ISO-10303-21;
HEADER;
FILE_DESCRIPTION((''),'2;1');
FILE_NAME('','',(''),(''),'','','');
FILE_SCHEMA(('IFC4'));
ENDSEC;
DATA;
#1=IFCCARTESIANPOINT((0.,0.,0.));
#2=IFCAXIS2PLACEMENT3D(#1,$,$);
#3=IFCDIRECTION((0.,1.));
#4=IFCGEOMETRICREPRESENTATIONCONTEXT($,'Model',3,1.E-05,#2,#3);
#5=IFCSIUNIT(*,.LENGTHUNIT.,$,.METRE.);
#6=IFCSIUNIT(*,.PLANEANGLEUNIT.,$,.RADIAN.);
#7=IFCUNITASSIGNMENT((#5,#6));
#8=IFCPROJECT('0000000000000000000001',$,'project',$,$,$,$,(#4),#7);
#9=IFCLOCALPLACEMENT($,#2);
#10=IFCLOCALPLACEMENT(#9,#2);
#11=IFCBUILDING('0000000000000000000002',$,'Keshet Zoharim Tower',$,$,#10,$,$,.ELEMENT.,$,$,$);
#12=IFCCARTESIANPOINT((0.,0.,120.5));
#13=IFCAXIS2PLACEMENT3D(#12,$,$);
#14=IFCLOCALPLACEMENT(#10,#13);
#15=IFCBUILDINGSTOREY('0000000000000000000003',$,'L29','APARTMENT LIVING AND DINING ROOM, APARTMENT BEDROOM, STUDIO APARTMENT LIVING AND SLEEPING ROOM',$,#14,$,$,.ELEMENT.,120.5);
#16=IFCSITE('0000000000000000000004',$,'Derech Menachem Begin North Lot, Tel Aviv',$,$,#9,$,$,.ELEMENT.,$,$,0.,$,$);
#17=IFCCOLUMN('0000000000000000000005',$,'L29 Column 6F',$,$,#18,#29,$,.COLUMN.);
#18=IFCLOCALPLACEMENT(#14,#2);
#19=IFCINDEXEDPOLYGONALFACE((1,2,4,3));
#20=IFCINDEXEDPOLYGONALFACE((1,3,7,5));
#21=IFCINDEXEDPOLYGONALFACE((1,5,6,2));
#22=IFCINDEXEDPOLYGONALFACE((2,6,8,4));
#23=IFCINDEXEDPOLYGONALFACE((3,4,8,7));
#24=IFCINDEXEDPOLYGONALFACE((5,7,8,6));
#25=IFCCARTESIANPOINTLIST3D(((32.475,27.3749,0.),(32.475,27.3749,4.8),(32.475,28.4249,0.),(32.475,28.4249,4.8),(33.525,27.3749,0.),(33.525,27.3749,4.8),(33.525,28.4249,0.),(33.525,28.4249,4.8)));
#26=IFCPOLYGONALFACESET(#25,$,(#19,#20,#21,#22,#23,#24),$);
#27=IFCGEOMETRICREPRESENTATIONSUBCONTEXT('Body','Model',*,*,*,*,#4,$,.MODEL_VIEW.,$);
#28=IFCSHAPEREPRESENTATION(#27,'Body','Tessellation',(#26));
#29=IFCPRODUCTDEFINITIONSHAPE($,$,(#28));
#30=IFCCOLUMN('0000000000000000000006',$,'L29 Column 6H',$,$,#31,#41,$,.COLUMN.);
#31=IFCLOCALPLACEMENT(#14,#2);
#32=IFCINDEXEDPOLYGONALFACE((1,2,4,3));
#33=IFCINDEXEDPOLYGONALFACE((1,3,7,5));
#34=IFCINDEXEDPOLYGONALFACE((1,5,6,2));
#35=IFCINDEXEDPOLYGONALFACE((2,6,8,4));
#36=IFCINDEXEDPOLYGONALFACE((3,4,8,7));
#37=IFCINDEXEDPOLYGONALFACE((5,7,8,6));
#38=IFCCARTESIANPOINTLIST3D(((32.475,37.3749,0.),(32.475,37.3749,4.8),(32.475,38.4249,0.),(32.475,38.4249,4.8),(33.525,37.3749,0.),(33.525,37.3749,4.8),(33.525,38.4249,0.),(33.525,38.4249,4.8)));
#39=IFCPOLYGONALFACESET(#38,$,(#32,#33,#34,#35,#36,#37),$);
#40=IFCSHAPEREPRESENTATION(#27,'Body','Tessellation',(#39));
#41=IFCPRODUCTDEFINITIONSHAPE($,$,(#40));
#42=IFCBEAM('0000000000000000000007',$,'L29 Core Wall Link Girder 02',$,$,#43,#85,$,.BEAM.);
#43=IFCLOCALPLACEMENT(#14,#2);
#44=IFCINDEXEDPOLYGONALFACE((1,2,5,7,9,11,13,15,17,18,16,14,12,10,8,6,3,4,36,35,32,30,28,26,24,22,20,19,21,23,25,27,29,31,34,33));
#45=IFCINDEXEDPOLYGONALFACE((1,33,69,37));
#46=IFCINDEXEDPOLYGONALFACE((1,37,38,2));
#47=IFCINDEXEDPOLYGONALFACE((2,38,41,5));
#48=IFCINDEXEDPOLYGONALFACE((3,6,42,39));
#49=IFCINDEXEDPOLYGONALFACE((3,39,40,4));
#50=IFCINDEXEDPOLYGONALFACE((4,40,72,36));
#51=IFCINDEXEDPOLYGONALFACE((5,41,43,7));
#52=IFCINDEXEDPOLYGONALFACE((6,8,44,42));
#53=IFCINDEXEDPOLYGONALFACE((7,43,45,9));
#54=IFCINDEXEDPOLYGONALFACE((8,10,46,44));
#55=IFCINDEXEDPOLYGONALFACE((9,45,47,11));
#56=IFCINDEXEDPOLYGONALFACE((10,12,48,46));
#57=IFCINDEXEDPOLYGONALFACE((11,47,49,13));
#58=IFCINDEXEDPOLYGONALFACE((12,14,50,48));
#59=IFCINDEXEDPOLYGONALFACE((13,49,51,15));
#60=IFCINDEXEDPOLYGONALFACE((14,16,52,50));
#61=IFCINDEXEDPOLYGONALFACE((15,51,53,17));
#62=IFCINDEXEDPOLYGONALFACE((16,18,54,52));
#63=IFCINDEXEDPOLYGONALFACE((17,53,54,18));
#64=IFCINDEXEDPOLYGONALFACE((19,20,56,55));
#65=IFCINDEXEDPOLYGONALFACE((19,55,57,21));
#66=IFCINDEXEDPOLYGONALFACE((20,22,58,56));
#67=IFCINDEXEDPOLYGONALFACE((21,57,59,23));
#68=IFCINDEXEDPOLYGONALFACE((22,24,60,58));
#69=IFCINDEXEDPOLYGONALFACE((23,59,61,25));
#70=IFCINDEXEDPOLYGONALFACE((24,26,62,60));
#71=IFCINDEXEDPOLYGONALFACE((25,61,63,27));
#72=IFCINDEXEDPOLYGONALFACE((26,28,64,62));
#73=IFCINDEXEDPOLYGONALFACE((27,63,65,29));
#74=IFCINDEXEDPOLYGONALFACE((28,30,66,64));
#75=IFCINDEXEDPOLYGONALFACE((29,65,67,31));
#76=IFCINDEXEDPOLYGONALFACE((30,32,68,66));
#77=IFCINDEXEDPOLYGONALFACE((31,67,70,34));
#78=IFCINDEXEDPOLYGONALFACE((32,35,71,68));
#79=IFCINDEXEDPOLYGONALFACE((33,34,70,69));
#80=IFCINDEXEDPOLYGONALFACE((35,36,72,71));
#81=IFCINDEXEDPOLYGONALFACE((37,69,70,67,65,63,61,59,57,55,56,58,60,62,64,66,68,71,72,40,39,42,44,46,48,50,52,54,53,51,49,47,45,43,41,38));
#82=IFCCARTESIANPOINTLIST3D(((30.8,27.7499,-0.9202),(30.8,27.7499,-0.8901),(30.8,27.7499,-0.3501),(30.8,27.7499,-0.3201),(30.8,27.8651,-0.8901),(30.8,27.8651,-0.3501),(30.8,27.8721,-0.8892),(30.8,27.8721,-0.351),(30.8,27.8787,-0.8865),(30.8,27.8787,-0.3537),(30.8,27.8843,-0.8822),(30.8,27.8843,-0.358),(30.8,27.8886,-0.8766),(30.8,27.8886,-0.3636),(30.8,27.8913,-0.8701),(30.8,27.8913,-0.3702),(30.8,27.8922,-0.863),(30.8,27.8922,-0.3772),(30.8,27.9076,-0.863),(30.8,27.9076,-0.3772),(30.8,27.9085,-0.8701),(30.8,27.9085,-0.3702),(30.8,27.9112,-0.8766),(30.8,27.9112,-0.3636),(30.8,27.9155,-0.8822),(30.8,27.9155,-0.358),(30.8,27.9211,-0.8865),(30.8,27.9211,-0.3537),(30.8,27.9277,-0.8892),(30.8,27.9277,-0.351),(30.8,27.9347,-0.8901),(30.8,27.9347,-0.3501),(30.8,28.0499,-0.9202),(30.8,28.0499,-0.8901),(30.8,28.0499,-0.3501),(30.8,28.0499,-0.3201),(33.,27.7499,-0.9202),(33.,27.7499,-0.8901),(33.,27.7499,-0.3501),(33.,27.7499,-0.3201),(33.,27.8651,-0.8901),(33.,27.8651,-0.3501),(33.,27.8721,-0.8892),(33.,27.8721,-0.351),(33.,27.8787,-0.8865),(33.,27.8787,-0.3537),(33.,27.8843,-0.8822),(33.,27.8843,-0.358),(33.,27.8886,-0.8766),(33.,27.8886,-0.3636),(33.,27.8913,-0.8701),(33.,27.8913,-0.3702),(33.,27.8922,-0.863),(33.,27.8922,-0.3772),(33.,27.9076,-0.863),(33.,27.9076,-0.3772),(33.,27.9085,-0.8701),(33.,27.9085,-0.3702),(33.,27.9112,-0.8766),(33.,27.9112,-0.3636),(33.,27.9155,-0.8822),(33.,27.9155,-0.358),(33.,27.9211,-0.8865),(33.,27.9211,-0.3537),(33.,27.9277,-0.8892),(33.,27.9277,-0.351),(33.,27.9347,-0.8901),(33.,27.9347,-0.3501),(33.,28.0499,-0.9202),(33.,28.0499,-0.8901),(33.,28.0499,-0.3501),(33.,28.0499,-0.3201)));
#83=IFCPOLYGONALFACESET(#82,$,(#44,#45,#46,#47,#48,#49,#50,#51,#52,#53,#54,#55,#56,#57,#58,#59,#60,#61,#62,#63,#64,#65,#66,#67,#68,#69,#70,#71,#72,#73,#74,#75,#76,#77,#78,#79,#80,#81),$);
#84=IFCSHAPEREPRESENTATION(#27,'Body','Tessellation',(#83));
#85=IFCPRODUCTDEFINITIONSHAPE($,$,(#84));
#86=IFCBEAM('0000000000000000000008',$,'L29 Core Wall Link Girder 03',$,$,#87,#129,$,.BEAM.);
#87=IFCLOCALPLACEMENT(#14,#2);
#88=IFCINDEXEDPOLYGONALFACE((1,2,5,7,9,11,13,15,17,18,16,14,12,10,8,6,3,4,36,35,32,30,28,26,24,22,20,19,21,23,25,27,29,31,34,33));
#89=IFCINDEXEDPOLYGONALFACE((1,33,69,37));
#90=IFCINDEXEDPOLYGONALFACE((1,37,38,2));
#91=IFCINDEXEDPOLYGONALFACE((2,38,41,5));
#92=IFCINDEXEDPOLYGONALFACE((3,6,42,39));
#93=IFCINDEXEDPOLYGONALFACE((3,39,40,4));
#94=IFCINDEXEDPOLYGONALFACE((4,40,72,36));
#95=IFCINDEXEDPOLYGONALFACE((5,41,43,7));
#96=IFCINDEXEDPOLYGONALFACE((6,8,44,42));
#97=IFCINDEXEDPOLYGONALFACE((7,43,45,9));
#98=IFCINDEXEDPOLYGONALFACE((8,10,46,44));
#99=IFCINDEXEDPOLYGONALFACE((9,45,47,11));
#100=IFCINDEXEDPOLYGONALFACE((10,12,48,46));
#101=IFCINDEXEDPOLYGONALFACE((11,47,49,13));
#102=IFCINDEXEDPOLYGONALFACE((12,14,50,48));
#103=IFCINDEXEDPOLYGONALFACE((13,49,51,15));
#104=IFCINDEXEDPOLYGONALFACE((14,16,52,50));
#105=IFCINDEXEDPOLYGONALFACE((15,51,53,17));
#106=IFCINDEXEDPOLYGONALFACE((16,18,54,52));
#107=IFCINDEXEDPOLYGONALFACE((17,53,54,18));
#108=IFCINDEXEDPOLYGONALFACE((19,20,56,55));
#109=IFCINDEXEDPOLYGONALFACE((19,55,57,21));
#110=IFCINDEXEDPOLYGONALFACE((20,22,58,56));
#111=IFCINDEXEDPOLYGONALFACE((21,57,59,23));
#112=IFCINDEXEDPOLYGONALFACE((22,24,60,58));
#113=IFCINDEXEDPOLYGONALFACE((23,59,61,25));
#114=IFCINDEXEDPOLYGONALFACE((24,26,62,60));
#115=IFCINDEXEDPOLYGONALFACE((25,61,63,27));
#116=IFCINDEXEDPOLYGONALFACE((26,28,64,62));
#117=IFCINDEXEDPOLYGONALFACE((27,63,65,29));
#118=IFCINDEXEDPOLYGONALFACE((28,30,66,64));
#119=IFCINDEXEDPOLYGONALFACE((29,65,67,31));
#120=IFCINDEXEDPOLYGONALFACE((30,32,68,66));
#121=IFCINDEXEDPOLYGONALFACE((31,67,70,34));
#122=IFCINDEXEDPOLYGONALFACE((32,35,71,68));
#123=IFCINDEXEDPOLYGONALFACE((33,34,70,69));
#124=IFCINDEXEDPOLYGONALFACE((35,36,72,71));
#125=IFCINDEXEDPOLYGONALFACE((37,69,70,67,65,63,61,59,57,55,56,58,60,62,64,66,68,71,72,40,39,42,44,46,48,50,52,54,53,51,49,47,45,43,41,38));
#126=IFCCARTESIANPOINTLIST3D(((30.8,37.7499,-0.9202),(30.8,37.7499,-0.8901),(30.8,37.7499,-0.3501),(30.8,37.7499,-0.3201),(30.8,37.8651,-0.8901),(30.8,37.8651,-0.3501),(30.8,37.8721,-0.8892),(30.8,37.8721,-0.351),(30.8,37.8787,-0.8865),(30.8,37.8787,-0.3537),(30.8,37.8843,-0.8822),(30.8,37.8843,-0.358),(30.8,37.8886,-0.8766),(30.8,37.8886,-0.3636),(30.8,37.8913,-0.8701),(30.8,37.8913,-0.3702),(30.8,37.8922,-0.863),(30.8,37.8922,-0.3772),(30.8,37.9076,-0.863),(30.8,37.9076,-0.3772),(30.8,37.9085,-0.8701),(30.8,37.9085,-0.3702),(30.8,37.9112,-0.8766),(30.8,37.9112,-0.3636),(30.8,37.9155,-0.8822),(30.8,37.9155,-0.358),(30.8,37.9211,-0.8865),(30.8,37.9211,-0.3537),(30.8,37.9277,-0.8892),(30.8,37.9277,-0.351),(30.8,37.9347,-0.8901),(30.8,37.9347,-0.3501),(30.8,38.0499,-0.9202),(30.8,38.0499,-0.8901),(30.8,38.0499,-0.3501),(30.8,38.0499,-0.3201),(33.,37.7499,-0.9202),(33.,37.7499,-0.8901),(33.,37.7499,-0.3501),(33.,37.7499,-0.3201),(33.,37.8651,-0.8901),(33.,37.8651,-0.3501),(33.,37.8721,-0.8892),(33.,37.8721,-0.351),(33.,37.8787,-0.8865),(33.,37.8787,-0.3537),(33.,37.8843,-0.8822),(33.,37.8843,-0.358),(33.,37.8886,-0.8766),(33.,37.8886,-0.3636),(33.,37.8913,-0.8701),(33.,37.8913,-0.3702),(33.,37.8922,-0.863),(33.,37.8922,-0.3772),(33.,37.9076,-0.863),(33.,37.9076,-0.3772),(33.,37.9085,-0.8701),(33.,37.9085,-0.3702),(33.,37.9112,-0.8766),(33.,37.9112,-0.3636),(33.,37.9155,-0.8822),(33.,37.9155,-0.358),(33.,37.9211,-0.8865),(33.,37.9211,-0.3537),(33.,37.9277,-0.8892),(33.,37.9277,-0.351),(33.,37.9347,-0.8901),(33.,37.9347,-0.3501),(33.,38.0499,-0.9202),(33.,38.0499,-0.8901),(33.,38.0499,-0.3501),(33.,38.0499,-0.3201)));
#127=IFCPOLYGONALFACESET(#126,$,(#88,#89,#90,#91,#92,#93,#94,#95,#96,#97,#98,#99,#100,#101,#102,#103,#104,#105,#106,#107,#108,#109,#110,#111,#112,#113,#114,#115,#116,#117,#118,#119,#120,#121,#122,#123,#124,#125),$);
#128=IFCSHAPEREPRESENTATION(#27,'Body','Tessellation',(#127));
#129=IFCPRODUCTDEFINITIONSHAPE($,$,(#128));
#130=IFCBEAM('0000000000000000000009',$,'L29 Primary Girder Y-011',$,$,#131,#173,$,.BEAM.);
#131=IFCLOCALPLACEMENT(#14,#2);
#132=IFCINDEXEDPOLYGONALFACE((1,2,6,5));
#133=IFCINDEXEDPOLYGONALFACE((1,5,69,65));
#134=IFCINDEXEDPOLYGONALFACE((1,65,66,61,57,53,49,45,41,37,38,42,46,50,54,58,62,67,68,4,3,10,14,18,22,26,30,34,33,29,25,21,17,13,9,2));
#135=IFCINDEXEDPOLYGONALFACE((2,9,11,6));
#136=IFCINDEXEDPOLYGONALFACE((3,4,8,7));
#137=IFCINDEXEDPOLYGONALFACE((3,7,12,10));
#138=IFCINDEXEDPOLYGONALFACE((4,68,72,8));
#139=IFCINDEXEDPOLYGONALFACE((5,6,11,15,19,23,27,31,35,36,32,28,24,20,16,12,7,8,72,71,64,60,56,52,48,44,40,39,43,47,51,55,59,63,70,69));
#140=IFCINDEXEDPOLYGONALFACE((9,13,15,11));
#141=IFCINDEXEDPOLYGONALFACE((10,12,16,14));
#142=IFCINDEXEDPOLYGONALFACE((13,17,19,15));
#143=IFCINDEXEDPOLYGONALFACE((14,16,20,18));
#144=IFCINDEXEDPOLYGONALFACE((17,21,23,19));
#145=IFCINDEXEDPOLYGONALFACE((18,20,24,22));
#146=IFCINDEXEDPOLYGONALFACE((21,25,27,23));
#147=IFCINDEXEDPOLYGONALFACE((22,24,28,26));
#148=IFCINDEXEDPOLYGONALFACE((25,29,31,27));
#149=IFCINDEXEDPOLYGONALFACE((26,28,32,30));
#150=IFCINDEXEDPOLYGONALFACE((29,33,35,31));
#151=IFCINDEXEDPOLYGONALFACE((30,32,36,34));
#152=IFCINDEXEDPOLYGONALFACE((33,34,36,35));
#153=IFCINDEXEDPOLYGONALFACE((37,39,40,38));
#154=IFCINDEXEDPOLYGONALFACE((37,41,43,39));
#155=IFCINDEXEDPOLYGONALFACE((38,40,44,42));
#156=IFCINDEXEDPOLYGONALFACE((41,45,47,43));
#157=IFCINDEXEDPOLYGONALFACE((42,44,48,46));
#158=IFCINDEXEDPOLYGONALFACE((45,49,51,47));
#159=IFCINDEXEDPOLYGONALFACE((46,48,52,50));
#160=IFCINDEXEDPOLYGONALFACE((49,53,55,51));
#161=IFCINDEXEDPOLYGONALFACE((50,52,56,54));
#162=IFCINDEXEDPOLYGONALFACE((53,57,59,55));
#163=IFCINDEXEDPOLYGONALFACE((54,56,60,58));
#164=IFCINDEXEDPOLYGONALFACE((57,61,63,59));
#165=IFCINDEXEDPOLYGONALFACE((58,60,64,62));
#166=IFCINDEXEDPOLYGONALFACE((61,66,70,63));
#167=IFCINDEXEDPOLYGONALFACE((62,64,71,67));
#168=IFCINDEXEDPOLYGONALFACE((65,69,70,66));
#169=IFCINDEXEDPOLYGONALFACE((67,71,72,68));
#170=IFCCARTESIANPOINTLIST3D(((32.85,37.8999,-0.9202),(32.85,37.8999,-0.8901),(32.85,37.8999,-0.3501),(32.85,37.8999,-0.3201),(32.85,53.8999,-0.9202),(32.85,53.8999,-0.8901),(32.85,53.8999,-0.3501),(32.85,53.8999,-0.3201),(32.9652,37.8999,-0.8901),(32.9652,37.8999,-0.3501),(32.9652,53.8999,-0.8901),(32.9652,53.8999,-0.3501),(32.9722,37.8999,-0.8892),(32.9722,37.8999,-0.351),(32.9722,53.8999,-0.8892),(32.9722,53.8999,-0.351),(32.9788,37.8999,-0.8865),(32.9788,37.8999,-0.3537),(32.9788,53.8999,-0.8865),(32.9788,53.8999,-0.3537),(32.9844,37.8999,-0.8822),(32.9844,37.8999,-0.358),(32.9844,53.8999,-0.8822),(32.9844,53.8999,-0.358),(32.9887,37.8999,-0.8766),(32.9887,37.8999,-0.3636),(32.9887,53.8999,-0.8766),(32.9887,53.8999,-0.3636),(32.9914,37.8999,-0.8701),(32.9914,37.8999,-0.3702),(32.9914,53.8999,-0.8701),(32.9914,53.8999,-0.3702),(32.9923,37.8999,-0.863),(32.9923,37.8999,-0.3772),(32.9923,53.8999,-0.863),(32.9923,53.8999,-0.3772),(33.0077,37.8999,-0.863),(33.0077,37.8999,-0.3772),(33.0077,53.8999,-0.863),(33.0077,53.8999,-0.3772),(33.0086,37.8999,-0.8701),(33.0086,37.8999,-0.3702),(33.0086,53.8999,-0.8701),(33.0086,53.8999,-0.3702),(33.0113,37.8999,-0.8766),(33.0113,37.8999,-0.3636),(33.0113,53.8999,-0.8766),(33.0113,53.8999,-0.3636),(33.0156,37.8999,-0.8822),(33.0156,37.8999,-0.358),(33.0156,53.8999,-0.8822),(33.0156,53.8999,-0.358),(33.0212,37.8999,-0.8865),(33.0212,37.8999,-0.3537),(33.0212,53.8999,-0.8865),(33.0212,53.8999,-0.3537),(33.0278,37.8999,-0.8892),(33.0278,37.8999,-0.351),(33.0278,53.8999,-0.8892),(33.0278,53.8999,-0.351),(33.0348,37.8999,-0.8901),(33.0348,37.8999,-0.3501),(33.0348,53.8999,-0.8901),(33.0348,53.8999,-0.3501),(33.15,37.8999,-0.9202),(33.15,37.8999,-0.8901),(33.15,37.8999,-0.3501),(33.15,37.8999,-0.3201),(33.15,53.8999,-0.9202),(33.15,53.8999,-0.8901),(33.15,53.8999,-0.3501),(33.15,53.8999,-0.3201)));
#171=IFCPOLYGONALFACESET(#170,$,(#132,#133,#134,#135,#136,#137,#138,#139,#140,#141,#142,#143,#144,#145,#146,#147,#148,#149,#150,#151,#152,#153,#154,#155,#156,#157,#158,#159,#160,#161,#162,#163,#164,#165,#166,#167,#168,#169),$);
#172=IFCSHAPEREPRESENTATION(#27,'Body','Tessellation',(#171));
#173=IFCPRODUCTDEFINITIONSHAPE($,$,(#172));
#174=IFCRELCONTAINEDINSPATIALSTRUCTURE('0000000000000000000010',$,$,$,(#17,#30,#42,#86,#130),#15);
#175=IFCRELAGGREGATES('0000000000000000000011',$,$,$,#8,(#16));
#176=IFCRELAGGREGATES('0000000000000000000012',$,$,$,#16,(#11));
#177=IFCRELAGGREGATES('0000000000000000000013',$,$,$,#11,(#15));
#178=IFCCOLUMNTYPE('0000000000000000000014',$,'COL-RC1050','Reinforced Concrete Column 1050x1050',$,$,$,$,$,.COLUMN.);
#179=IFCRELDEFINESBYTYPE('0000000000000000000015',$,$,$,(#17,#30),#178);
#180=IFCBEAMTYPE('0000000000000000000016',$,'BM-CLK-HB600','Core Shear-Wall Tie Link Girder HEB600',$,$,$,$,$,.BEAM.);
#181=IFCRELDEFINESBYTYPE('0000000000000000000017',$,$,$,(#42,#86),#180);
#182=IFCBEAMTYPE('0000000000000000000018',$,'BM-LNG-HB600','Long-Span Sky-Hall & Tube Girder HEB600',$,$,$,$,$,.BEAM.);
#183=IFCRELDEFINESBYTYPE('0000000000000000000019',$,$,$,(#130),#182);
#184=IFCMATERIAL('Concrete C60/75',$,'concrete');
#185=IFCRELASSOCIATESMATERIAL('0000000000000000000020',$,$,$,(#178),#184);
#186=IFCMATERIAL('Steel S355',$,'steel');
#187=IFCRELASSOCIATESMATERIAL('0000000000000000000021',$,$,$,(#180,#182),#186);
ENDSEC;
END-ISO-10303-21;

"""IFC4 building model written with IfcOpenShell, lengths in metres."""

from ifc_helpers import new_model, si_unit, direction, frame, origin, origin_2d, place, context, subcontext, project, spatial, rectangle, i_section, extrude, material, material_profile, profile_set, type_object, element, save


model = new_model("IFC4")

# Units and contexts
model_context = context("Model", 3, precision=1e-05, world=origin(), true_north=direction((0.0, 1.0)))
body_context = subcontext(model_context, "Body", "Model", "MODEL_VIEW")
ifc_project = project(units=[si_unit("LENGTHUNIT", "METRE"), si_unit("PLANEANGLEUNIT", "RADIAN")], contexts=[model_context])

# Site, building, storey
site_placement = place(None, origin())
site = spatial("IfcSite", under=ifc_project, at=site_placement, Name="Derech Menachem Begin North Lot, Tel Aviv", CompositionType="ELEMENT", RefElevation=0.0)
building_placement = place(site_placement, origin())
building = spatial("IfcBuilding", under=site, at=building_placement, Name="Keshet Zoharim Tower", CompositionType="ELEMENT")
storey_placement = place(building_placement, frame((0.0, 0.0, 120.5)))
storey = spatial("IfcBuildingStorey", under=building, at=storey_placement, Name="L29", Description="APARTMENT LIVING AND DINING ROOM, APARTMENT BEDROOM, STUDIO APARTMENT LIVING AND SLEEPING ROOM", CompositionType="ELEMENT", Elevation=120.5)

# Columns
ifc_material_1 = material(Name="Concrete C60/75", Category="concrete")
ifc_material_profile_1 = material_profile(ifc_material_1, rectangle(XDim=1.05, YDim=1.05, at=origin_2d()), Name="RC1050x1050")
ifc_profile_set_1 = profile_set([ifc_material_profile_1], Name="Concrete C60/75")
column_type = type_object("IfcColumnType", Name="COL-RC1050", Description="Reinforced Concrete Column 1050x1050", PredefinedType="COLUMN", material=ifc_profile_set_1)
for number, where, z_axis, x_axis, name in (
    (1, (33.0, 27.8999, 0.0), (0.0, 0.0, 1.0), (1.0, 0.0, 0.0), "L29 Column 6F"),
    (2, (33.0, 37.8999, 0.0), (0.0, 0.0, 1.0), (1.0, 0.0, 0.0), "L29 Column 6H"),
):
    element("IfcColumn", number, at=place(storey_placement, frame(where, z_axis=z_axis, x_axis=x_axis)), inside=storey, type_object=column_type, Name=name, PredefinedType="COLUMN", context=body_context, shape_type="SweptSolid", body=[
        extrude(rectangle(XDim=1.05, YDim=1.05, at=origin_2d()), origin(), (0.0, 0.0, 1.0), 4.8),
    ])

# Beams
ifc_material_2 = material(Name="Steel S355", Category="steel")
ifc_material_profile_2 = material_profile(ifc_material_2, i_section(OverallWidth=0.3, OverallDepth=0.6001, WebThickness=0.0154, FlangeThickness=0.03, FilletRadius=0.0271, at=origin_2d()), Name="HEB600")
ifc_profile_set_2 = profile_set([ifc_material_profile_2], Name="Steel S355")
beam_type_1 = type_object("IfcBeamType", Name="BM-CLK-HB600", Description="Core Shear-Wall Tie Link Girder HEB600", PredefinedType="BEAM", material=ifc_profile_set_2)
for number, where, z_axis, x_axis, name in (
    (3, (30.8, 27.8999, -0.6201), (1.0, 0.0, 0.0), (0.0, 1.0, 0.0), "L29 Core Wall Link Girder 02"),
    (4, (30.8, 37.8999, -0.6201), (1.0, 0.0, 0.0), (0.0, 1.0, 0.0), "L29 Core Wall Link Girder 03"),
):
    element("IfcBeam", number, at=place(storey_placement, frame(where, z_axis=z_axis, x_axis=x_axis)), inside=storey, type_object=beam_type_1, Name=name, PredefinedType="BEAM", context=body_context, shape_type="SweptSolid", body=[
        extrude(i_section(OverallWidth=0.3, OverallDepth=0.6001, WebThickness=0.0154, FlangeThickness=0.03, FilletRadius=0.0271, at=origin_2d()), origin(), (0.0, 0.0, 1.0), 2.2),
    ])
ifc_material_profile_3 = material_profile(ifc_material_2, i_section(OverallWidth=0.3, OverallDepth=0.6001, WebThickness=0.0154, FlangeThickness=0.03, FilletRadius=0.0271, at=origin_2d()), Name="HEB600")
ifc_profile_set_3 = profile_set([ifc_material_profile_3], Name="Steel S355")
beam_type_2 = type_object("IfcBeamType", Name="BM-LNG-HB600", Description="Long-Span Sky-Hall & Tube Girder HEB600", PredefinedType="BEAM", material=ifc_profile_set_3)
beam_1_placement = place(storey_placement, frame((33.0, 37.8999, -0.6201), z_axis=(0.0, 1.0, 0.0), x_axis=(-1.0, 0.0, 0.0)))
element("IfcBeam", 5, at=beam_1_placement, inside=storey, type_object=beam_type_2, Name="L29 Primary Girder Y-011", PredefinedType="BEAM", context=body_context, shape_type="SweptSolid", body=[
    extrude(i_section(OverallWidth=0.3, OverallDepth=0.6001, WebThickness=0.0154, FlangeThickness=0.03, FilletRadius=0.0271, at=origin_2d()), origin(), (0.0, 0.0, 1.0), 16.0),
])

save(model, "model.ifc")
